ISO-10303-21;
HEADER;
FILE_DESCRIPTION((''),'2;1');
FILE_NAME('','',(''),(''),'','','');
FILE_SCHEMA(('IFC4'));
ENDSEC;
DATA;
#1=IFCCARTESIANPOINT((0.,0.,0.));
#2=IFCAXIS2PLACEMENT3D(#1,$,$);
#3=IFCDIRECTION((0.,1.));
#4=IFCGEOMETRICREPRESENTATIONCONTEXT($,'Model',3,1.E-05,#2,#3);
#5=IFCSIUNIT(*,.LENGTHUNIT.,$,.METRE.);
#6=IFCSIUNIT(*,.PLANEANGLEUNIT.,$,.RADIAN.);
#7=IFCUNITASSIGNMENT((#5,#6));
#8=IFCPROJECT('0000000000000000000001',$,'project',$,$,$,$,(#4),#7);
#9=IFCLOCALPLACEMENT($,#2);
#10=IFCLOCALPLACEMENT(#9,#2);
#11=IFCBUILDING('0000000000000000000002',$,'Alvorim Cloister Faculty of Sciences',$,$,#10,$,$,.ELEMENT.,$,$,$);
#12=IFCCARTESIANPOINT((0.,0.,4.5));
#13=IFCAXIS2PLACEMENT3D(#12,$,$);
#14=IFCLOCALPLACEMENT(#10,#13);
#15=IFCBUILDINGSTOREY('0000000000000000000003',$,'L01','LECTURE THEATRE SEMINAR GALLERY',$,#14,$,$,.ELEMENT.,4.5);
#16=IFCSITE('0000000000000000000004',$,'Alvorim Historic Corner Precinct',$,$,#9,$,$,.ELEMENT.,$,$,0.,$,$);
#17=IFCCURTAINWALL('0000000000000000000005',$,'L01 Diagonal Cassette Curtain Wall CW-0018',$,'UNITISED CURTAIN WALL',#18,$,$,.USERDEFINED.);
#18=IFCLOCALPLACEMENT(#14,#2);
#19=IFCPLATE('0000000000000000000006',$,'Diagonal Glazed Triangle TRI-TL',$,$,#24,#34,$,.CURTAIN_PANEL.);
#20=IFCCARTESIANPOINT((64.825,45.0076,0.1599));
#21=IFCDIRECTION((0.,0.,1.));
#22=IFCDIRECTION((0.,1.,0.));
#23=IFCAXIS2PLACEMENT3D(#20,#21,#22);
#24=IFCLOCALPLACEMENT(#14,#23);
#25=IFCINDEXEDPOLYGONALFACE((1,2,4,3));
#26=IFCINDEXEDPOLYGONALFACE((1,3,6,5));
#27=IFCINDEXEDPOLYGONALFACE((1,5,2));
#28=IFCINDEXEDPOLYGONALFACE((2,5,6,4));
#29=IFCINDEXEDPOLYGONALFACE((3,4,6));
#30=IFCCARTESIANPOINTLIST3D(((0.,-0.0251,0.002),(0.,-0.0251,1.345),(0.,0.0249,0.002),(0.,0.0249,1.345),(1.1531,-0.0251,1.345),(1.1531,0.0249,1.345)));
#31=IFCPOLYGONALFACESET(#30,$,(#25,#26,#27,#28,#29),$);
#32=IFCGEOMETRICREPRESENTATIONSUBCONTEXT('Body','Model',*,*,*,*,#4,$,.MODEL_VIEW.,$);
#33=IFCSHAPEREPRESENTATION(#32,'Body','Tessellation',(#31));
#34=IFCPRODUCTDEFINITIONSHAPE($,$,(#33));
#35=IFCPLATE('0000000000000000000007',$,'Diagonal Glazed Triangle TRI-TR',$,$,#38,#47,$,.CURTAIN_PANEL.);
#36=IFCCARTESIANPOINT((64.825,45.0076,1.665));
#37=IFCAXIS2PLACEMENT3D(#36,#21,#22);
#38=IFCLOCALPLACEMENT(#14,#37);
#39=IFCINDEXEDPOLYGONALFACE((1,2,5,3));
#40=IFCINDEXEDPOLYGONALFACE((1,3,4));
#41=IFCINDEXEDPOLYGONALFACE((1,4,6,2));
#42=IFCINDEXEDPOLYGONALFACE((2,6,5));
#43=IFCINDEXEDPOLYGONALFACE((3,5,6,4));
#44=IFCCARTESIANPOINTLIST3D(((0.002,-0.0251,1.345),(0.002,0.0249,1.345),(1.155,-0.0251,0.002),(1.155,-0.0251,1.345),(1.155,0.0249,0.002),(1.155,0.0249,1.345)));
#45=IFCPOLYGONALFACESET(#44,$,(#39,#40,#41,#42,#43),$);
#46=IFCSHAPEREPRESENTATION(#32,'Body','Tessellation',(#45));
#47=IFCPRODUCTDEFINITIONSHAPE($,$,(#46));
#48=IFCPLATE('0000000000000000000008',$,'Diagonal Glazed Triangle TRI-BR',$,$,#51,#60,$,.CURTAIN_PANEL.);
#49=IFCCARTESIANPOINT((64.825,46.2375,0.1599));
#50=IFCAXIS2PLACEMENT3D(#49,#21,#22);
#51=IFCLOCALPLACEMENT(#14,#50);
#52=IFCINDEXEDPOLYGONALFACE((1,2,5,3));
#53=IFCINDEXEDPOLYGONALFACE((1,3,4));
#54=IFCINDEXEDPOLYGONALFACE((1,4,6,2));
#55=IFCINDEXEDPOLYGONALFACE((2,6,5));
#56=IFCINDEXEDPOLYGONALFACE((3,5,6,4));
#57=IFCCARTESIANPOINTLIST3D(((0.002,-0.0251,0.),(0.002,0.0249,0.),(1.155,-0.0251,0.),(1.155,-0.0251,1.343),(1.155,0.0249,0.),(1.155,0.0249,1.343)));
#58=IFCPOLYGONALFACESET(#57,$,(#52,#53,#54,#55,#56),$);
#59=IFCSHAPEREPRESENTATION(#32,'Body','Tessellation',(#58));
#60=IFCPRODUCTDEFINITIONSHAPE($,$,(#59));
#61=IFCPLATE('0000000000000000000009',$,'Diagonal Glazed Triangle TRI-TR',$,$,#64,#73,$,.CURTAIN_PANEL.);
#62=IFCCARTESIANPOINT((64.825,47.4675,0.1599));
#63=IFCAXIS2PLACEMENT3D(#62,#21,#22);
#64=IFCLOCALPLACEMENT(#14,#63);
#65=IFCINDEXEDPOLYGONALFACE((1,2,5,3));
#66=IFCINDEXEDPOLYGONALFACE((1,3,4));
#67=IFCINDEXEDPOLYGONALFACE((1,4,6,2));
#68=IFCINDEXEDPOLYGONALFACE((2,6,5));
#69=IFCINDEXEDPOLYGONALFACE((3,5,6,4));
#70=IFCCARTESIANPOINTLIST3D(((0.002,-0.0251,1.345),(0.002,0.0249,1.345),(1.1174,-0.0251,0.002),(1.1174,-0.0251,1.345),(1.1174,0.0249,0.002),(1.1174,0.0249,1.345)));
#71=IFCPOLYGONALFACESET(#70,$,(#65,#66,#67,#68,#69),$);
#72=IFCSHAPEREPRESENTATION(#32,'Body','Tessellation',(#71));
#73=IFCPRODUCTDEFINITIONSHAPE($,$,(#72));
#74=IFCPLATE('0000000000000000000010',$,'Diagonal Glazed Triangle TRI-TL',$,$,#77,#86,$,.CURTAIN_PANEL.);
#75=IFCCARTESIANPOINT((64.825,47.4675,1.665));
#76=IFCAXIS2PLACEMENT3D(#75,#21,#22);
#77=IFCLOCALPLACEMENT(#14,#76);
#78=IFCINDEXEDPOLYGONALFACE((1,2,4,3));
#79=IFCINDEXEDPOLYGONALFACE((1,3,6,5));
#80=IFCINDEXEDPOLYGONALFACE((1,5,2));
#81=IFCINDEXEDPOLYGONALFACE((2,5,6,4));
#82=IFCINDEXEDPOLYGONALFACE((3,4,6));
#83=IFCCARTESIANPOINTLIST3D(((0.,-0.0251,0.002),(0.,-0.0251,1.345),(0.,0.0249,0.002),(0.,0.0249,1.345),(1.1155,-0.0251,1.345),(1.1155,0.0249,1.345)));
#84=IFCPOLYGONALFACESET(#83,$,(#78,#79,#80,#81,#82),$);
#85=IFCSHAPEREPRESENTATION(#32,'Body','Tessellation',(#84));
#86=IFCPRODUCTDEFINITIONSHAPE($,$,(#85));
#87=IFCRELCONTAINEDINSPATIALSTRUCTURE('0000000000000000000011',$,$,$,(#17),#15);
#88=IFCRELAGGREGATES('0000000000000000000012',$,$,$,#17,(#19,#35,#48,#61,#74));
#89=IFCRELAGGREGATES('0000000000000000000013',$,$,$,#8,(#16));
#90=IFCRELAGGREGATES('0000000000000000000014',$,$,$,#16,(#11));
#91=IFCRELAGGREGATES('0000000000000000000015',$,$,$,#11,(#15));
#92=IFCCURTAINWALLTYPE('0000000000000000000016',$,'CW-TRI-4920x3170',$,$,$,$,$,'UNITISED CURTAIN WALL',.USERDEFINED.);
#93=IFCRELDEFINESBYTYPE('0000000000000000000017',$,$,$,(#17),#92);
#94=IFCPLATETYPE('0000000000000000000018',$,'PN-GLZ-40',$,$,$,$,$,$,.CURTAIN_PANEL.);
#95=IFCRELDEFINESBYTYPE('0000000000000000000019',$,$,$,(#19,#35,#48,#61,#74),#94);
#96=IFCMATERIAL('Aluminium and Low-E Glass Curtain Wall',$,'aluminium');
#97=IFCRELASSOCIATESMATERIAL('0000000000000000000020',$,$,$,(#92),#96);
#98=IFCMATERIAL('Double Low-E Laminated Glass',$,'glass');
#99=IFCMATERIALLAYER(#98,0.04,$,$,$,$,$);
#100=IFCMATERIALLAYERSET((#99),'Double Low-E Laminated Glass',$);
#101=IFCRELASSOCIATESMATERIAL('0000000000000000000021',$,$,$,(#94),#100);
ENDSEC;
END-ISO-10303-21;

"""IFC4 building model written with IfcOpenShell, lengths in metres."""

from ifc_helpers import new_model, si_unit, direction, frame, origin, place, context, subcontext, project, spatial, polyline, outline, extrude, material, layer, layer_set, type_object, element, aggregate, save


model = new_model("IFC4")

# Units and contexts
model_context = context("Model", 3, precision=1e-05, world=origin(), true_north=direction((0.0, 1.0)))
body_context = subcontext(model_context, "Body", "Model", "MODEL_VIEW")
ifc_project = project(units=[si_unit("LENGTHUNIT", "METRE"), si_unit("PLANEANGLEUNIT", "RADIAN")], contexts=[model_context])

# Site, building, storey
site_placement = place(None, origin())
site = spatial("IfcSite", under=ifc_project, at=site_placement, Name="Alvorim Historic Corner Precinct", CompositionType="ELEMENT", RefElevation=0.0)
building_placement = place(site_placement, origin())
building = spatial("IfcBuilding", under=site, at=building_placement, Name="Alvorim Cloister Faculty of Sciences", CompositionType="ELEMENT")
storey_placement = place(building_placement, frame((0.0, 0.0, 4.5)))
storey = spatial("IfcBuildingStorey", under=building, at=storey_placement, Name="L01", Description="LECTURE THEATRE SEMINAR GALLERY", CompositionType="ELEMENT", Elevation=4.5)

# Curtain wall, plates
ifc_material_1 = material(Name="Aluminium and Low-E Glass Curtain Wall", Category="aluminium")
curtain_wall_type = type_object("IfcCurtainWallType", Name="CW-TRI-4920x3170", ElementType="UNITISED CURTAIN WALL", PredefinedType="USERDEFINED", material=ifc_material_1)
curtain_wall_placement = place(storey_placement, origin())
curtain_wall = element("IfcCurtainWall", 1, at=curtain_wall_placement, inside=storey, type_object=curtain_wall_type, Name="L01 Diagonal Cassette Curtain Wall CW-0018", ObjectType="UNITISED CURTAIN WALL", PredefinedType="USERDEFINED")
ifc_material_2 = material(Name="Double Low-E Laminated Glass", Category="glass")
ifc_layer = layer(ifc_material_2, 0.04)
ifc_layer_set = layer_set([ifc_layer], Name="Double Low-E Laminated Glass")
plate_type = type_object("IfcPlateType", Name="PN-GLZ-40", PredefinedType="CURTAIN_PANEL", material=ifc_layer_set)
plate_1_placement = place(storey_placement, frame((64.825, 45.0076, 0.1599), z_axis=(0.0, 0.0, 1.0), x_axis=(0.0, 1.0, 0.0)))
plate_1 = element("IfcPlate", 2, at=plate_1_placement, type_object=plate_type, Name="Diagonal Glazed Triangle TRI-TL", PredefinedType="CURTAIN_PANEL", context=body_context, shape_type="SweptSolid", body=[
    extrude(outline(polyline([(1.1531, 1.345), (0.0, 1.345), (0.0, 0.002), (1.1531, 1.345)])), frame((0.0, 0.0249, 0.0), z_axis=(0.0, -1.0, 0.0), x_axis=(1.0, 0.0, 0.0)), (0.0, 0.0, 1.0), 0.05),
])
plate_2_placement = place(storey_placement, frame((64.825, 45.0076, 1.665), z_axis=(0.0, 0.0, 1.0), x_axis=(0.0, 1.0, 0.0)))
plate_2 = element("IfcPlate", 3, at=plate_2_placement, type_object=plate_type, Name="Diagonal Glazed Triangle TRI-TR", PredefinedType="CURTAIN_PANEL", context=body_context, shape_type="SweptSolid", body=[
    extrude(outline(polyline([(1.155, 0.002), (1.155, 1.345), (0.002, 1.345), (1.155, 0.002)])), frame((0.0, 0.0249, 0.0), z_axis=(0.0, -1.0, 0.0), x_axis=(1.0, 0.0, 0.0)), (0.0, 0.0, 1.0), 0.05),
])
plate_3_placement = place(storey_placement, frame((64.825, 46.2375, 0.1599), z_axis=(0.0, 0.0, 1.0), x_axis=(0.0, 1.0, 0.0)))
plate_3 = element("IfcPlate", 4, at=plate_3_placement, type_object=plate_type, Name="Diagonal Glazed Triangle TRI-BR", PredefinedType="CURTAIN_PANEL", context=body_context, shape_type="SweptSolid", body=[
    extrude(outline(polyline([(0.002, 0.0), (1.155, 0.0), (1.155, 1.343), (0.002, 0.0)])), frame((0.0, 0.0249, 0.0), z_axis=(0.0, -1.0, 0.0), x_axis=(1.0, 0.0, 0.0)), (0.0, 0.0, 1.0), 0.05),
])
plate_4_placement = place(storey_placement, frame((64.825, 47.4675, 0.1599), z_axis=(0.0, 0.0, 1.0), x_axis=(0.0, 1.0, 0.0)))
plate_4 = element("IfcPlate", 5, at=plate_4_placement, type_object=plate_type, Name="Diagonal Glazed Triangle TRI-TR", PredefinedType="CURTAIN_PANEL", context=body_context, shape_type="SweptSolid", body=[
    extrude(outline(polyline([(1.1174, 0.002), (1.1174, 1.345), (0.002, 1.345), (1.1174, 0.002)])), frame((0.0, 0.0249, 0.0), z_axis=(0.0, -1.0, 0.0), x_axis=(1.0, 0.0, 0.0)), (0.0, 0.0, 1.0), 0.05),
])
plate_5_placement = place(storey_placement, frame((64.825, 47.4675, 1.665), z_axis=(0.0, 0.0, 1.0), x_axis=(0.0, 1.0, 0.0)))
plate_5 = element("IfcPlate", 6, at=plate_5_placement, type_object=plate_type, Name="Diagonal Glazed Triangle TRI-TL", PredefinedType="CURTAIN_PANEL", context=body_context, shape_type="SweptSolid", body=[
    extrude(outline(polyline([(1.1155, 1.345), (0.0, 1.345), (0.0, 0.002), (1.1155, 1.345)])), frame((0.0, 0.0249, 0.0), z_axis=(0.0, -1.0, 0.0), x_axis=(1.0, 0.0, 0.0)), (0.0, 0.0, 1.0), 0.05),
])
aggregate(curtain_wall, [plate_1, plate_2, plate_3, plate_4, plate_5])

save(model, "model.ifc")
